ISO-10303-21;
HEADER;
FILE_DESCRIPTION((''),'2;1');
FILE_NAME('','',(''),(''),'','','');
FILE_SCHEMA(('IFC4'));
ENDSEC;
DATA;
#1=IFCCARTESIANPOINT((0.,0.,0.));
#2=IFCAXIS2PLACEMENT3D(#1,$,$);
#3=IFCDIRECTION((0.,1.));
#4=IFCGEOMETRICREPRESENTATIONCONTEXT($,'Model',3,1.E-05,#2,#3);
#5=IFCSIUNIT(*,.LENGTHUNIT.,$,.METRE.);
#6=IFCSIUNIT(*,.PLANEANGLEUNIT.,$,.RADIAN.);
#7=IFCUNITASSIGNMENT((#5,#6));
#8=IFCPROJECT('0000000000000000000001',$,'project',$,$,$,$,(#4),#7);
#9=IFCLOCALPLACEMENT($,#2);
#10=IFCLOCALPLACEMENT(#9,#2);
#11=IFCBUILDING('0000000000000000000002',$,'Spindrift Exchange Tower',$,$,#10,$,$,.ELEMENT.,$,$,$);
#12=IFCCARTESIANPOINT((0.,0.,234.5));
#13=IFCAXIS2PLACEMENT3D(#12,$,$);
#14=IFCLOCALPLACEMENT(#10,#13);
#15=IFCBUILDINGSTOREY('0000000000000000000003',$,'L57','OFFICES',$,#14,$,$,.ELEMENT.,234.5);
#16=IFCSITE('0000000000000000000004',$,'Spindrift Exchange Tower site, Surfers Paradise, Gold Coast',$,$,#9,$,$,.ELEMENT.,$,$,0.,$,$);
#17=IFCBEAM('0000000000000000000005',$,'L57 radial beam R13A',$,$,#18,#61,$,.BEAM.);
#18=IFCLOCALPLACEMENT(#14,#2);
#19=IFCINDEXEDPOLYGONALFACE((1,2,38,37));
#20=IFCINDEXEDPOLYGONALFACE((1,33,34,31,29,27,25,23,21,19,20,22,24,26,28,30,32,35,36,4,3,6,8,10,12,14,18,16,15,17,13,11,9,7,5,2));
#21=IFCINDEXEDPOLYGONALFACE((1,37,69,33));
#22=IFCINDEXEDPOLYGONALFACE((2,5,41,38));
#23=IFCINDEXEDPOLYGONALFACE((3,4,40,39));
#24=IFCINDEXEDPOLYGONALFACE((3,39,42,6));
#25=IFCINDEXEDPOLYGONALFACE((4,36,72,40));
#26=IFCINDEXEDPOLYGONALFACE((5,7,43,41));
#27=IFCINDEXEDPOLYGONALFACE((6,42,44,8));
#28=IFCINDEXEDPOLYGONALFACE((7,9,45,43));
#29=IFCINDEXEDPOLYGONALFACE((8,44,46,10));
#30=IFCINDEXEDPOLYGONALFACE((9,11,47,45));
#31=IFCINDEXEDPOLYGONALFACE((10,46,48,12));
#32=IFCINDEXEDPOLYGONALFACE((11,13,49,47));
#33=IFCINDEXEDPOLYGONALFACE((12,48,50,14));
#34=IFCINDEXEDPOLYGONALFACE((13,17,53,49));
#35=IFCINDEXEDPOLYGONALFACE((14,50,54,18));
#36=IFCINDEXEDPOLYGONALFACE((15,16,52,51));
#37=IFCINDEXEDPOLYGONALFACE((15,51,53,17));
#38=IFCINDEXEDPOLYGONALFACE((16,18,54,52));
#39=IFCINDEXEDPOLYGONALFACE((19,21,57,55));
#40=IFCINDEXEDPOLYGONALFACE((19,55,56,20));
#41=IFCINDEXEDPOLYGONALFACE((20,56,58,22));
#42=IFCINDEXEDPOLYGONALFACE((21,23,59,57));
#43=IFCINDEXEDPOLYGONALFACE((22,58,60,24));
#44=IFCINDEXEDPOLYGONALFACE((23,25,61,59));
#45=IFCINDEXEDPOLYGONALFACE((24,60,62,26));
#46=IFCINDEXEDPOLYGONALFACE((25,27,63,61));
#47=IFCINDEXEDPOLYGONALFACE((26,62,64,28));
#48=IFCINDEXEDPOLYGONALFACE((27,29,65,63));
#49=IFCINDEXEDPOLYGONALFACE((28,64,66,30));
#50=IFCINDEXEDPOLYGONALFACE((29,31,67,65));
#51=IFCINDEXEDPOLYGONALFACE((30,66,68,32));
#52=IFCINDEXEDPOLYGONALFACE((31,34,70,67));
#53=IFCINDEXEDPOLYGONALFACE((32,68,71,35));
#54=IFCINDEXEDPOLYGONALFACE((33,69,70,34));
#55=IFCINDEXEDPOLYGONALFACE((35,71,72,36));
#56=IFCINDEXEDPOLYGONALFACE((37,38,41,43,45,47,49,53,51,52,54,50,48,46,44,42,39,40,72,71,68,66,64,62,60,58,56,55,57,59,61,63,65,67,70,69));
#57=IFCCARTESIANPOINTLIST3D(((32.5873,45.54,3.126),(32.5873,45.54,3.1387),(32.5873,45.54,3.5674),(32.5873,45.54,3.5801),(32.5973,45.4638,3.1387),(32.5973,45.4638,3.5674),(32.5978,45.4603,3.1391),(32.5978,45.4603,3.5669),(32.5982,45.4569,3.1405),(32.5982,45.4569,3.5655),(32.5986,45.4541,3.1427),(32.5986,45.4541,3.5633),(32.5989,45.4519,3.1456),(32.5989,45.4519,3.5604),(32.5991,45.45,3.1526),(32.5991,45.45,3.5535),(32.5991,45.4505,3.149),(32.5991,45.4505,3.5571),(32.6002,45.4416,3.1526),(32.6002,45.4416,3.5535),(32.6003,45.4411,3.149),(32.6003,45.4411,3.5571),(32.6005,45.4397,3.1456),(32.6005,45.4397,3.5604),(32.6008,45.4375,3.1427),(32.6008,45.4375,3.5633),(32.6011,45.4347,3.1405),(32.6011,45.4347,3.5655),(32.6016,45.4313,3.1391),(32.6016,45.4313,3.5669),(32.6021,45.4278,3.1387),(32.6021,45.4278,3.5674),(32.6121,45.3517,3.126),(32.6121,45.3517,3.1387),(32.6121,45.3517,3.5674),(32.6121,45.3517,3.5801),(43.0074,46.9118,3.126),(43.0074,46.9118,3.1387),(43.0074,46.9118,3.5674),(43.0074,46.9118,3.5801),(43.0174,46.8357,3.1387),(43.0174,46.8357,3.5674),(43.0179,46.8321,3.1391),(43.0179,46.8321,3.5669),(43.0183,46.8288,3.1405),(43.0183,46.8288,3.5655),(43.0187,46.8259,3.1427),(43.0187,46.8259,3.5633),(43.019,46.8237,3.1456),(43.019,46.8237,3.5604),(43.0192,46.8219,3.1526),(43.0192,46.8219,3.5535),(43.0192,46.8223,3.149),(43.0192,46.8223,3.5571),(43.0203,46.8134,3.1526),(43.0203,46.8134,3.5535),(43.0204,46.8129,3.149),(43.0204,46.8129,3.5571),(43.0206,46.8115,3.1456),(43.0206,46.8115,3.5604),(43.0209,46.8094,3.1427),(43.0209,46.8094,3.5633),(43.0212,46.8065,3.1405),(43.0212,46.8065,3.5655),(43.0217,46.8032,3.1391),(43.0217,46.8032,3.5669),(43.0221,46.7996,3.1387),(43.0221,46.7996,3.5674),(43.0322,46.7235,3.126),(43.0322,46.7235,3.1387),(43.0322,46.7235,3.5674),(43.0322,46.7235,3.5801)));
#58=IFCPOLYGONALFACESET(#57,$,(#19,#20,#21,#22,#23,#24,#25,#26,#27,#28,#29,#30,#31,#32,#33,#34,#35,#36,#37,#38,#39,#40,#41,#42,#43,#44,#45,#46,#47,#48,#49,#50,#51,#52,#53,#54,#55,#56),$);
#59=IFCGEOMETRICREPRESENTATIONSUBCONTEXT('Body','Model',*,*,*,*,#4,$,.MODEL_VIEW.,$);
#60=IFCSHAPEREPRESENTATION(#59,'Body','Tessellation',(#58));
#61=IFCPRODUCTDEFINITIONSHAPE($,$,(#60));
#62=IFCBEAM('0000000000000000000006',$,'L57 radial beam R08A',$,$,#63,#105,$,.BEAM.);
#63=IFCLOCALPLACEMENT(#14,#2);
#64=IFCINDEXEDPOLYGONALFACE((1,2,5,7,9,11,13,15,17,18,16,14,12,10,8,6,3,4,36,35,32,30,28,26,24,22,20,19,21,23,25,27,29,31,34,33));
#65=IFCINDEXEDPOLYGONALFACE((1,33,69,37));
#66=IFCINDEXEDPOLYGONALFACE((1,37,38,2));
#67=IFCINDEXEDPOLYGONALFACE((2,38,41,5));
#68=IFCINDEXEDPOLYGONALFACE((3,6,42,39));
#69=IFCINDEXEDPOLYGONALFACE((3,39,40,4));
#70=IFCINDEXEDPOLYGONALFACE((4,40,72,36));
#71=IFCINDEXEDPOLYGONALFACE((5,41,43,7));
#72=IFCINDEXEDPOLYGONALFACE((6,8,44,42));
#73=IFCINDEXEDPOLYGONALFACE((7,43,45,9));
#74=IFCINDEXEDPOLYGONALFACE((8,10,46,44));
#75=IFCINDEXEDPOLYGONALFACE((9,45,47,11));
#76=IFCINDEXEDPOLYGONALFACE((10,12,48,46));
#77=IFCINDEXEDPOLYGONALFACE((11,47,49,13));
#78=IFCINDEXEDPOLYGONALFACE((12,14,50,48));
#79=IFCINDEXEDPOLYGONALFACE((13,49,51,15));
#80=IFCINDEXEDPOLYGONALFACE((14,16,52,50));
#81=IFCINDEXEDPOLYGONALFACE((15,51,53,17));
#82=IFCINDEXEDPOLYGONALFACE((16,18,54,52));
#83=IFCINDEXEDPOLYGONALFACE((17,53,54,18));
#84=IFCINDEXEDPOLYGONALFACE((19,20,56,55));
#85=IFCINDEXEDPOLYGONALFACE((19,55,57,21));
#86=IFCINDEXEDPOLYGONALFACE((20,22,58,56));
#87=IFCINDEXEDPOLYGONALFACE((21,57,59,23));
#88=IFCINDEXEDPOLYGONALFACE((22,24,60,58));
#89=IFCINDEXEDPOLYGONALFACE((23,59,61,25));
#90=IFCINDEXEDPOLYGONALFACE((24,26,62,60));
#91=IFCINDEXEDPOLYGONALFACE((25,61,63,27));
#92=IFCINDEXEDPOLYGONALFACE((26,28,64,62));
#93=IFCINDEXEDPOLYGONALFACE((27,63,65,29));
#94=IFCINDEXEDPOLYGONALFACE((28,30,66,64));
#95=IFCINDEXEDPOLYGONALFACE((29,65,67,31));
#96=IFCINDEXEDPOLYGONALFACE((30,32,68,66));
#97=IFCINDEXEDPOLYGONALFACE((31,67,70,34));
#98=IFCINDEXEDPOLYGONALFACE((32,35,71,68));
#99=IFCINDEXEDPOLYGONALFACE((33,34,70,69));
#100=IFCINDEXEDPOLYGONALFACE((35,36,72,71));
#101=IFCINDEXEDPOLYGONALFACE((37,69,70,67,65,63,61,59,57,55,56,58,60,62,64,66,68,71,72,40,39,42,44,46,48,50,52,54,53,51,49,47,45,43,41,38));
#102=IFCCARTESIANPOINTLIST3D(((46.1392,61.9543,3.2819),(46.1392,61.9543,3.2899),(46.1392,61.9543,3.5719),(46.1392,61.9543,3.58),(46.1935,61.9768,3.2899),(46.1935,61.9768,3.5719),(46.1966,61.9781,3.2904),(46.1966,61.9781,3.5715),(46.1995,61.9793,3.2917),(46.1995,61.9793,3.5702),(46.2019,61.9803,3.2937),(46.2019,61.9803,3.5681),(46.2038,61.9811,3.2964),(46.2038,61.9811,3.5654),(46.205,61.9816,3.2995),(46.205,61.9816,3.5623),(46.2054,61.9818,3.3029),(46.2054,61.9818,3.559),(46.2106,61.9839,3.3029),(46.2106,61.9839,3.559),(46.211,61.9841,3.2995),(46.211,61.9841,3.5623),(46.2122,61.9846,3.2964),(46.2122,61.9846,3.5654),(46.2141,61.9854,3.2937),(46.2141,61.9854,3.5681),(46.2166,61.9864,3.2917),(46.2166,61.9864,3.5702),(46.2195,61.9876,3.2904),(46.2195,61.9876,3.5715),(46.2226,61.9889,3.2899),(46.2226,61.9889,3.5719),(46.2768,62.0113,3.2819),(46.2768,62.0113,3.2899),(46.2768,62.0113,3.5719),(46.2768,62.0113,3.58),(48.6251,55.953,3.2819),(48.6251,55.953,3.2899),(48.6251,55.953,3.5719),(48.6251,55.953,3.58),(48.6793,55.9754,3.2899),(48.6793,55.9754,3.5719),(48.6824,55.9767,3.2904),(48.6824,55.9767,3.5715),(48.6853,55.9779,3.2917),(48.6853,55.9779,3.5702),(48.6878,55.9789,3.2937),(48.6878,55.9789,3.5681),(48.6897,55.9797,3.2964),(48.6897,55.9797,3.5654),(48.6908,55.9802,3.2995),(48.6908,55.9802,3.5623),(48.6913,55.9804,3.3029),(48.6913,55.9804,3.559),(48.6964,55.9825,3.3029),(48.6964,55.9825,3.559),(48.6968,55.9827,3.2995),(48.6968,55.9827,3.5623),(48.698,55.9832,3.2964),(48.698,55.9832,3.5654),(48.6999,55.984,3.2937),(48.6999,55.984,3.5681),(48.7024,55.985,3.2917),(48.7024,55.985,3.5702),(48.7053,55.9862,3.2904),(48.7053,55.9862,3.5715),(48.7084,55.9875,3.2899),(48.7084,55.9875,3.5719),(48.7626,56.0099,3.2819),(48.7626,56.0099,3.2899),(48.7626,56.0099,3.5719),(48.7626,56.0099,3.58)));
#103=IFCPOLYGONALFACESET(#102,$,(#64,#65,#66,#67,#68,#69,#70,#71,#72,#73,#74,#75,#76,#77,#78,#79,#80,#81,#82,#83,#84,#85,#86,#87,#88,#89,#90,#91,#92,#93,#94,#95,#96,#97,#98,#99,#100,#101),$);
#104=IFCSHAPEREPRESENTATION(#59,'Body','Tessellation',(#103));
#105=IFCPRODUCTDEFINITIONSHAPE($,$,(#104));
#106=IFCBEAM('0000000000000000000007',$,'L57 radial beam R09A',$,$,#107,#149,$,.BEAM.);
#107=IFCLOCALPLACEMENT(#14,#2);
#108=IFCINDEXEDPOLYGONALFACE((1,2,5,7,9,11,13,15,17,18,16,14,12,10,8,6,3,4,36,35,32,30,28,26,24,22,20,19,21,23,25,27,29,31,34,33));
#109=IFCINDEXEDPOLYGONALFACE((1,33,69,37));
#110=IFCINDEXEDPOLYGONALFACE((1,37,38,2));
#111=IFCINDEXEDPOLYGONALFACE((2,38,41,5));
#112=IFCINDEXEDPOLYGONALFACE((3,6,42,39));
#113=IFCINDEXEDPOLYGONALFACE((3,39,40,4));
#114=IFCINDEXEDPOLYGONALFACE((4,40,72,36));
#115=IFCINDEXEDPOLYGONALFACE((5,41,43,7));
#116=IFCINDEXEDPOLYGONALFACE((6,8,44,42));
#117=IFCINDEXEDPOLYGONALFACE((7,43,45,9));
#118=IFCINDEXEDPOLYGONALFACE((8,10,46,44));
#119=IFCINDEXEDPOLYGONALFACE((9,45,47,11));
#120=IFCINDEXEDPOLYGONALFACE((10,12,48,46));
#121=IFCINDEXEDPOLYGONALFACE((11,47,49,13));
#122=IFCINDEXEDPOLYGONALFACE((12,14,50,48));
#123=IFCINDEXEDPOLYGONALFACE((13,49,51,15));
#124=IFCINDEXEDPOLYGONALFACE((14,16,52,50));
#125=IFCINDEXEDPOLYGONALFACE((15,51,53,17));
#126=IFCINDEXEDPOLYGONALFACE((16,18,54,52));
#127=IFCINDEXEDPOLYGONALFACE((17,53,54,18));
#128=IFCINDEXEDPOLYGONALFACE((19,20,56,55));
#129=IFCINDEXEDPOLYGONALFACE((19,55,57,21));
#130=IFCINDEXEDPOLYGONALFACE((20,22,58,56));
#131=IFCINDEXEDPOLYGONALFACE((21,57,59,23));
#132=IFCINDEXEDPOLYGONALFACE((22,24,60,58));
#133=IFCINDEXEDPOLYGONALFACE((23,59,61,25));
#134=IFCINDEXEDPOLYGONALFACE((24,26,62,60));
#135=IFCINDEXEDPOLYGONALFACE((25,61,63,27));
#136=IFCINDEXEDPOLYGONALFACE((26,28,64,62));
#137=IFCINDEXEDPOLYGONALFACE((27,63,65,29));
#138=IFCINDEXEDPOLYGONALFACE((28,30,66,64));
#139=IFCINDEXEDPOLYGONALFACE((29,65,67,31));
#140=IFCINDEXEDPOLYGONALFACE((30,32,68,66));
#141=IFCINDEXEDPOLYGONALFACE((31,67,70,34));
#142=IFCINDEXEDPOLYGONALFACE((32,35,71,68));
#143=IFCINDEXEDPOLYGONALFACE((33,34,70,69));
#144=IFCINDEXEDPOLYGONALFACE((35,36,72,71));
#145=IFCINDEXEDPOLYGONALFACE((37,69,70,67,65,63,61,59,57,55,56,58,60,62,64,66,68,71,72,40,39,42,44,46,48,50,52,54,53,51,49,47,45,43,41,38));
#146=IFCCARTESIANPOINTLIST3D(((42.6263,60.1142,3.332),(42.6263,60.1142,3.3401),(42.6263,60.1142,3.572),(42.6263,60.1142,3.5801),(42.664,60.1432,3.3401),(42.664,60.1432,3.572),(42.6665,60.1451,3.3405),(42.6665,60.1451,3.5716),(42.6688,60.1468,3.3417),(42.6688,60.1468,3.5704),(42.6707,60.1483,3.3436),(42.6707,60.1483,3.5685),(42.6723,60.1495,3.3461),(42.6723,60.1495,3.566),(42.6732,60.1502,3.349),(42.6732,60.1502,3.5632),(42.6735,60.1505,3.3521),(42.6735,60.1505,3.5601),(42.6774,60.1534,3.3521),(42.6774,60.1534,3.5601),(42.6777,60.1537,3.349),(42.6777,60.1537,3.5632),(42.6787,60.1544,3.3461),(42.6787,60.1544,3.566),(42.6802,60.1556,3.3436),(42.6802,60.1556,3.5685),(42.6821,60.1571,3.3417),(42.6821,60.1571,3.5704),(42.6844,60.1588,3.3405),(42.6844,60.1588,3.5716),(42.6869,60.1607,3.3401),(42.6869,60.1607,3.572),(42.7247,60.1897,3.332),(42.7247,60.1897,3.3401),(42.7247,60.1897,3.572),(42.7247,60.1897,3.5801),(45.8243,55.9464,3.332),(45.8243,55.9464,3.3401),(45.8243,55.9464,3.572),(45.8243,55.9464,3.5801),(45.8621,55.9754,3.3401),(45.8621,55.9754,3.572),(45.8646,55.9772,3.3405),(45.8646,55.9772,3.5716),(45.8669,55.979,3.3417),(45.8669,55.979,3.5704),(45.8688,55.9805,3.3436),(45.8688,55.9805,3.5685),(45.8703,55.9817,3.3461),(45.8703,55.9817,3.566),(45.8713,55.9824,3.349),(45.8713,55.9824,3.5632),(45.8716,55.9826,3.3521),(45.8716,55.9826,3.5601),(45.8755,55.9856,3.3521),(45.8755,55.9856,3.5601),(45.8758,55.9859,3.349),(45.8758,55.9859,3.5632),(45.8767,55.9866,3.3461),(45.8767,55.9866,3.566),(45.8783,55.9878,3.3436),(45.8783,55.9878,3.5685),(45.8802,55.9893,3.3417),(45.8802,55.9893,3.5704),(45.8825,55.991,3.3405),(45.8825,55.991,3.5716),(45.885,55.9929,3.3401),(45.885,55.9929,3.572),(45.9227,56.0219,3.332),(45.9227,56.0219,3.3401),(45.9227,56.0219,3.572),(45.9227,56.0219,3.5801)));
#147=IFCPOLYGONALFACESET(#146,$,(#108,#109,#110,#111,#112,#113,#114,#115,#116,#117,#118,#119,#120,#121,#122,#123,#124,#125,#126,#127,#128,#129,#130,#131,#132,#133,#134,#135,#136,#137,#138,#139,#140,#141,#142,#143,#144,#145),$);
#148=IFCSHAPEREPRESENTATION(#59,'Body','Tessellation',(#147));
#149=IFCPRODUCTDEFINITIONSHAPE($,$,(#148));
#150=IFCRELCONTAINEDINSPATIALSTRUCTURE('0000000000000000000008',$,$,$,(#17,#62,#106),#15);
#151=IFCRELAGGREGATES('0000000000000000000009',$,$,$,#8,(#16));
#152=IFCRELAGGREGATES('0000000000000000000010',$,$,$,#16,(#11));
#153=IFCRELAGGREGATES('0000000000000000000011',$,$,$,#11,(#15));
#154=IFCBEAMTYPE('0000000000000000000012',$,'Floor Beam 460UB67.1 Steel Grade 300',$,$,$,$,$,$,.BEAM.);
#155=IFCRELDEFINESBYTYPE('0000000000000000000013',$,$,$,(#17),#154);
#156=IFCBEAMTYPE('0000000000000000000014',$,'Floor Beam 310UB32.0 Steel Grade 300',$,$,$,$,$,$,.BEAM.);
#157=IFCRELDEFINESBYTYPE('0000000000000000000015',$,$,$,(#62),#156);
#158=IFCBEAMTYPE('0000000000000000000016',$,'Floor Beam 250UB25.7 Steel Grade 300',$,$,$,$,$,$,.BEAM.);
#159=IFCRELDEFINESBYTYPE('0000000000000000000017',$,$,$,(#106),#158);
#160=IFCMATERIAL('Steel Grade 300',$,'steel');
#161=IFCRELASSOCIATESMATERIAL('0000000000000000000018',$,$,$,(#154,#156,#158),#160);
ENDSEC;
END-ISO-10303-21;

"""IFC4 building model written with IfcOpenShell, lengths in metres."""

from ifc_helpers import new_model, si_unit, direction, frame, origin, origin_2d, place, context, subcontext, project, spatial, i_section, extrude, source, transform, mapped, material, material_profile, profile_set, type_object, element, save


model = new_model("IFC4")

# Units and contexts
model_context = context("Model", 3, precision=1e-05, world=origin(), true_north=direction((0.0, 1.0)))
body_context = subcontext(model_context, "Body", "Model", "MODEL_VIEW")
ifc_project = project(units=[si_unit("LENGTHUNIT", "METRE"), si_unit("PLANEANGLEUNIT", "RADIAN")], contexts=[model_context])

# Site, building, storey
site_placement = place(None, origin())
site = spatial("IfcSite", under=ifc_project, at=site_placement, Name="Spindrift Exchange Tower site, Surfers Paradise, Gold Coast", CompositionType="ELEMENT", RefElevation=0.0)
building_placement = place(site_placement, origin())
building = spatial("IfcBuilding", under=site, at=building_placement, Name="Spindrift Exchange Tower", CompositionType="ELEMENT")
storey_placement = place(building_placement, frame((0.0, 0.0, 234.5)))
storey = spatial("IfcBuildingStorey", under=building, at=storey_placement, Name="L57", Description="OFFICES", CompositionType="ELEMENT", Elevation=234.5)

# Beams
ifc_material_1 = material(Name="Steel Grade 300", Category="steel")
ifc_material_profile_1 = material_profile(ifc_material_1, i_section(OverallWidth=0.1899, OverallDepth=0.4541, WebThickness=0.0085, FlangeThickness=0.0127, FilletRadius=0.0139, at=origin_2d()), Name="460UB67.1")
ifc_profile_set_1 = profile_set([ifc_material_profile_1], Name="Steel Grade 300")
beam_type_1 = type_object("IfcBeamType", Name="Floor Beam 460UB67.1 Steel Grade 300", PredefinedType="BEAM", material=ifc_profile_set_1)
shared_shape_1 = source(origin(), body_context, "Body", "SweptSolid", [
    extrude(i_section(OverallWidth=0.1899, OverallDepth=0.4541, WebThickness=0.0085, FlangeThickness=0.0127, FilletRadius=0.0139, at=origin_2d()), origin(), (0.0, 0.0, 1.0), 10.51),
])
beam_1_placement = place(storey_placement, frame((43.0198, 46.8176, 3.353), z_axis=(-0.991445, -0.130525, 0.0), x_axis=(0.130525, -0.991445, 0.0)))
element("IfcBeam", 1, at=beam_1_placement, inside=storey, type_object=beam_type_1, Name="L57 radial beam R13A", PredefinedType="BEAM", context=body_context, shape_type="MappedRepresentation", body=[
    mapped(shared_shape_1, transform((0.0, 0.0, 0.0), scale=1.0)),
])
ifc_material_profile_2 = material_profile(ifc_material_1, i_section(OverallWidth=0.1489, OverallDepth=0.2981, WebThickness=0.0056, FlangeThickness=0.0081, FilletRadius=0.0129, at=origin_2d()), Name="310UB32.0")
ifc_profile_set_2 = profile_set([ifc_material_profile_2], Name="Steel Grade 300")
beam_type_2 = type_object("IfcBeamType", Name="Floor Beam 310UB32.0 Steel Grade 300", PredefinedType="BEAM", material=ifc_profile_set_2)
shared_shape_2 = source(origin(), body_context, "Body", "SweptSolid", [
    extrude(i_section(OverallWidth=0.1489, OverallDepth=0.2981, WebThickness=0.0056, FlangeThickness=0.0081, FilletRadius=0.0129, at=origin_2d()), origin(), (0.0, 0.0, 1.0), 6.4958),
])
beam_2_placement = place(storey_placement, frame((48.6938, 55.9814, 3.4309), z_axis=(-0.382677, 0.923882, 0.0), x_axis=(-0.923882, -0.382677, 0.0)))
element("IfcBeam", 2, at=beam_2_placement, inside=storey, type_object=beam_type_2, Name="L57 radial beam R08A", PredefinedType="BEAM", context=body_context, shape_type="MappedRepresentation", body=[
    mapped(shared_shape_2, transform((0.0, 0.0, 0.0), scale=1.0)),
])
ifc_material_profile_3 = material_profile(ifc_material_1, i_section(OverallWidth=0.124, OverallDepth=0.248, WebThickness=0.0049, FlangeThickness=0.0081, FilletRadius=0.012, at=origin_2d()), Name="250UB25.7")
ifc_profile_set_3 = profile_set([ifc_material_profile_3], Name="Steel Grade 300")
beam_type_3 = type_object("IfcBeamType", Name="Floor Beam 250UB25.7 Steel Grade 300", PredefinedType="BEAM", material=ifc_profile_set_3)
shared_shape_3 = source(origin(), body_context, "Body", "SweptSolid", [
    extrude(i_section(OverallWidth=0.124, OverallDepth=0.248, WebThickness=0.0049, FlangeThickness=0.0081, FilletRadius=0.012, at=origin_2d()), origin(), (0.0, 0.0, 1.0), 5.2534),
])
beam_3_placement = place(storey_placement, frame((45.8735, 55.9841, 3.4561), z_axis=(-0.60876, 0.793354, 0.0), x_axis=(-0.793354, -0.60876, 0.0)))
element("IfcBeam", 3, at=beam_3_placement, inside=storey, type_object=beam_type_3, Name="L57 radial beam R09A", PredefinedType="BEAM", context=body_context, shape_type="MappedRepresentation", body=[
    mapped(shared_shape_3, transform((0.0, 0.0, 0.0), scale=1.0)),
])

save(model, "model.ifc")
